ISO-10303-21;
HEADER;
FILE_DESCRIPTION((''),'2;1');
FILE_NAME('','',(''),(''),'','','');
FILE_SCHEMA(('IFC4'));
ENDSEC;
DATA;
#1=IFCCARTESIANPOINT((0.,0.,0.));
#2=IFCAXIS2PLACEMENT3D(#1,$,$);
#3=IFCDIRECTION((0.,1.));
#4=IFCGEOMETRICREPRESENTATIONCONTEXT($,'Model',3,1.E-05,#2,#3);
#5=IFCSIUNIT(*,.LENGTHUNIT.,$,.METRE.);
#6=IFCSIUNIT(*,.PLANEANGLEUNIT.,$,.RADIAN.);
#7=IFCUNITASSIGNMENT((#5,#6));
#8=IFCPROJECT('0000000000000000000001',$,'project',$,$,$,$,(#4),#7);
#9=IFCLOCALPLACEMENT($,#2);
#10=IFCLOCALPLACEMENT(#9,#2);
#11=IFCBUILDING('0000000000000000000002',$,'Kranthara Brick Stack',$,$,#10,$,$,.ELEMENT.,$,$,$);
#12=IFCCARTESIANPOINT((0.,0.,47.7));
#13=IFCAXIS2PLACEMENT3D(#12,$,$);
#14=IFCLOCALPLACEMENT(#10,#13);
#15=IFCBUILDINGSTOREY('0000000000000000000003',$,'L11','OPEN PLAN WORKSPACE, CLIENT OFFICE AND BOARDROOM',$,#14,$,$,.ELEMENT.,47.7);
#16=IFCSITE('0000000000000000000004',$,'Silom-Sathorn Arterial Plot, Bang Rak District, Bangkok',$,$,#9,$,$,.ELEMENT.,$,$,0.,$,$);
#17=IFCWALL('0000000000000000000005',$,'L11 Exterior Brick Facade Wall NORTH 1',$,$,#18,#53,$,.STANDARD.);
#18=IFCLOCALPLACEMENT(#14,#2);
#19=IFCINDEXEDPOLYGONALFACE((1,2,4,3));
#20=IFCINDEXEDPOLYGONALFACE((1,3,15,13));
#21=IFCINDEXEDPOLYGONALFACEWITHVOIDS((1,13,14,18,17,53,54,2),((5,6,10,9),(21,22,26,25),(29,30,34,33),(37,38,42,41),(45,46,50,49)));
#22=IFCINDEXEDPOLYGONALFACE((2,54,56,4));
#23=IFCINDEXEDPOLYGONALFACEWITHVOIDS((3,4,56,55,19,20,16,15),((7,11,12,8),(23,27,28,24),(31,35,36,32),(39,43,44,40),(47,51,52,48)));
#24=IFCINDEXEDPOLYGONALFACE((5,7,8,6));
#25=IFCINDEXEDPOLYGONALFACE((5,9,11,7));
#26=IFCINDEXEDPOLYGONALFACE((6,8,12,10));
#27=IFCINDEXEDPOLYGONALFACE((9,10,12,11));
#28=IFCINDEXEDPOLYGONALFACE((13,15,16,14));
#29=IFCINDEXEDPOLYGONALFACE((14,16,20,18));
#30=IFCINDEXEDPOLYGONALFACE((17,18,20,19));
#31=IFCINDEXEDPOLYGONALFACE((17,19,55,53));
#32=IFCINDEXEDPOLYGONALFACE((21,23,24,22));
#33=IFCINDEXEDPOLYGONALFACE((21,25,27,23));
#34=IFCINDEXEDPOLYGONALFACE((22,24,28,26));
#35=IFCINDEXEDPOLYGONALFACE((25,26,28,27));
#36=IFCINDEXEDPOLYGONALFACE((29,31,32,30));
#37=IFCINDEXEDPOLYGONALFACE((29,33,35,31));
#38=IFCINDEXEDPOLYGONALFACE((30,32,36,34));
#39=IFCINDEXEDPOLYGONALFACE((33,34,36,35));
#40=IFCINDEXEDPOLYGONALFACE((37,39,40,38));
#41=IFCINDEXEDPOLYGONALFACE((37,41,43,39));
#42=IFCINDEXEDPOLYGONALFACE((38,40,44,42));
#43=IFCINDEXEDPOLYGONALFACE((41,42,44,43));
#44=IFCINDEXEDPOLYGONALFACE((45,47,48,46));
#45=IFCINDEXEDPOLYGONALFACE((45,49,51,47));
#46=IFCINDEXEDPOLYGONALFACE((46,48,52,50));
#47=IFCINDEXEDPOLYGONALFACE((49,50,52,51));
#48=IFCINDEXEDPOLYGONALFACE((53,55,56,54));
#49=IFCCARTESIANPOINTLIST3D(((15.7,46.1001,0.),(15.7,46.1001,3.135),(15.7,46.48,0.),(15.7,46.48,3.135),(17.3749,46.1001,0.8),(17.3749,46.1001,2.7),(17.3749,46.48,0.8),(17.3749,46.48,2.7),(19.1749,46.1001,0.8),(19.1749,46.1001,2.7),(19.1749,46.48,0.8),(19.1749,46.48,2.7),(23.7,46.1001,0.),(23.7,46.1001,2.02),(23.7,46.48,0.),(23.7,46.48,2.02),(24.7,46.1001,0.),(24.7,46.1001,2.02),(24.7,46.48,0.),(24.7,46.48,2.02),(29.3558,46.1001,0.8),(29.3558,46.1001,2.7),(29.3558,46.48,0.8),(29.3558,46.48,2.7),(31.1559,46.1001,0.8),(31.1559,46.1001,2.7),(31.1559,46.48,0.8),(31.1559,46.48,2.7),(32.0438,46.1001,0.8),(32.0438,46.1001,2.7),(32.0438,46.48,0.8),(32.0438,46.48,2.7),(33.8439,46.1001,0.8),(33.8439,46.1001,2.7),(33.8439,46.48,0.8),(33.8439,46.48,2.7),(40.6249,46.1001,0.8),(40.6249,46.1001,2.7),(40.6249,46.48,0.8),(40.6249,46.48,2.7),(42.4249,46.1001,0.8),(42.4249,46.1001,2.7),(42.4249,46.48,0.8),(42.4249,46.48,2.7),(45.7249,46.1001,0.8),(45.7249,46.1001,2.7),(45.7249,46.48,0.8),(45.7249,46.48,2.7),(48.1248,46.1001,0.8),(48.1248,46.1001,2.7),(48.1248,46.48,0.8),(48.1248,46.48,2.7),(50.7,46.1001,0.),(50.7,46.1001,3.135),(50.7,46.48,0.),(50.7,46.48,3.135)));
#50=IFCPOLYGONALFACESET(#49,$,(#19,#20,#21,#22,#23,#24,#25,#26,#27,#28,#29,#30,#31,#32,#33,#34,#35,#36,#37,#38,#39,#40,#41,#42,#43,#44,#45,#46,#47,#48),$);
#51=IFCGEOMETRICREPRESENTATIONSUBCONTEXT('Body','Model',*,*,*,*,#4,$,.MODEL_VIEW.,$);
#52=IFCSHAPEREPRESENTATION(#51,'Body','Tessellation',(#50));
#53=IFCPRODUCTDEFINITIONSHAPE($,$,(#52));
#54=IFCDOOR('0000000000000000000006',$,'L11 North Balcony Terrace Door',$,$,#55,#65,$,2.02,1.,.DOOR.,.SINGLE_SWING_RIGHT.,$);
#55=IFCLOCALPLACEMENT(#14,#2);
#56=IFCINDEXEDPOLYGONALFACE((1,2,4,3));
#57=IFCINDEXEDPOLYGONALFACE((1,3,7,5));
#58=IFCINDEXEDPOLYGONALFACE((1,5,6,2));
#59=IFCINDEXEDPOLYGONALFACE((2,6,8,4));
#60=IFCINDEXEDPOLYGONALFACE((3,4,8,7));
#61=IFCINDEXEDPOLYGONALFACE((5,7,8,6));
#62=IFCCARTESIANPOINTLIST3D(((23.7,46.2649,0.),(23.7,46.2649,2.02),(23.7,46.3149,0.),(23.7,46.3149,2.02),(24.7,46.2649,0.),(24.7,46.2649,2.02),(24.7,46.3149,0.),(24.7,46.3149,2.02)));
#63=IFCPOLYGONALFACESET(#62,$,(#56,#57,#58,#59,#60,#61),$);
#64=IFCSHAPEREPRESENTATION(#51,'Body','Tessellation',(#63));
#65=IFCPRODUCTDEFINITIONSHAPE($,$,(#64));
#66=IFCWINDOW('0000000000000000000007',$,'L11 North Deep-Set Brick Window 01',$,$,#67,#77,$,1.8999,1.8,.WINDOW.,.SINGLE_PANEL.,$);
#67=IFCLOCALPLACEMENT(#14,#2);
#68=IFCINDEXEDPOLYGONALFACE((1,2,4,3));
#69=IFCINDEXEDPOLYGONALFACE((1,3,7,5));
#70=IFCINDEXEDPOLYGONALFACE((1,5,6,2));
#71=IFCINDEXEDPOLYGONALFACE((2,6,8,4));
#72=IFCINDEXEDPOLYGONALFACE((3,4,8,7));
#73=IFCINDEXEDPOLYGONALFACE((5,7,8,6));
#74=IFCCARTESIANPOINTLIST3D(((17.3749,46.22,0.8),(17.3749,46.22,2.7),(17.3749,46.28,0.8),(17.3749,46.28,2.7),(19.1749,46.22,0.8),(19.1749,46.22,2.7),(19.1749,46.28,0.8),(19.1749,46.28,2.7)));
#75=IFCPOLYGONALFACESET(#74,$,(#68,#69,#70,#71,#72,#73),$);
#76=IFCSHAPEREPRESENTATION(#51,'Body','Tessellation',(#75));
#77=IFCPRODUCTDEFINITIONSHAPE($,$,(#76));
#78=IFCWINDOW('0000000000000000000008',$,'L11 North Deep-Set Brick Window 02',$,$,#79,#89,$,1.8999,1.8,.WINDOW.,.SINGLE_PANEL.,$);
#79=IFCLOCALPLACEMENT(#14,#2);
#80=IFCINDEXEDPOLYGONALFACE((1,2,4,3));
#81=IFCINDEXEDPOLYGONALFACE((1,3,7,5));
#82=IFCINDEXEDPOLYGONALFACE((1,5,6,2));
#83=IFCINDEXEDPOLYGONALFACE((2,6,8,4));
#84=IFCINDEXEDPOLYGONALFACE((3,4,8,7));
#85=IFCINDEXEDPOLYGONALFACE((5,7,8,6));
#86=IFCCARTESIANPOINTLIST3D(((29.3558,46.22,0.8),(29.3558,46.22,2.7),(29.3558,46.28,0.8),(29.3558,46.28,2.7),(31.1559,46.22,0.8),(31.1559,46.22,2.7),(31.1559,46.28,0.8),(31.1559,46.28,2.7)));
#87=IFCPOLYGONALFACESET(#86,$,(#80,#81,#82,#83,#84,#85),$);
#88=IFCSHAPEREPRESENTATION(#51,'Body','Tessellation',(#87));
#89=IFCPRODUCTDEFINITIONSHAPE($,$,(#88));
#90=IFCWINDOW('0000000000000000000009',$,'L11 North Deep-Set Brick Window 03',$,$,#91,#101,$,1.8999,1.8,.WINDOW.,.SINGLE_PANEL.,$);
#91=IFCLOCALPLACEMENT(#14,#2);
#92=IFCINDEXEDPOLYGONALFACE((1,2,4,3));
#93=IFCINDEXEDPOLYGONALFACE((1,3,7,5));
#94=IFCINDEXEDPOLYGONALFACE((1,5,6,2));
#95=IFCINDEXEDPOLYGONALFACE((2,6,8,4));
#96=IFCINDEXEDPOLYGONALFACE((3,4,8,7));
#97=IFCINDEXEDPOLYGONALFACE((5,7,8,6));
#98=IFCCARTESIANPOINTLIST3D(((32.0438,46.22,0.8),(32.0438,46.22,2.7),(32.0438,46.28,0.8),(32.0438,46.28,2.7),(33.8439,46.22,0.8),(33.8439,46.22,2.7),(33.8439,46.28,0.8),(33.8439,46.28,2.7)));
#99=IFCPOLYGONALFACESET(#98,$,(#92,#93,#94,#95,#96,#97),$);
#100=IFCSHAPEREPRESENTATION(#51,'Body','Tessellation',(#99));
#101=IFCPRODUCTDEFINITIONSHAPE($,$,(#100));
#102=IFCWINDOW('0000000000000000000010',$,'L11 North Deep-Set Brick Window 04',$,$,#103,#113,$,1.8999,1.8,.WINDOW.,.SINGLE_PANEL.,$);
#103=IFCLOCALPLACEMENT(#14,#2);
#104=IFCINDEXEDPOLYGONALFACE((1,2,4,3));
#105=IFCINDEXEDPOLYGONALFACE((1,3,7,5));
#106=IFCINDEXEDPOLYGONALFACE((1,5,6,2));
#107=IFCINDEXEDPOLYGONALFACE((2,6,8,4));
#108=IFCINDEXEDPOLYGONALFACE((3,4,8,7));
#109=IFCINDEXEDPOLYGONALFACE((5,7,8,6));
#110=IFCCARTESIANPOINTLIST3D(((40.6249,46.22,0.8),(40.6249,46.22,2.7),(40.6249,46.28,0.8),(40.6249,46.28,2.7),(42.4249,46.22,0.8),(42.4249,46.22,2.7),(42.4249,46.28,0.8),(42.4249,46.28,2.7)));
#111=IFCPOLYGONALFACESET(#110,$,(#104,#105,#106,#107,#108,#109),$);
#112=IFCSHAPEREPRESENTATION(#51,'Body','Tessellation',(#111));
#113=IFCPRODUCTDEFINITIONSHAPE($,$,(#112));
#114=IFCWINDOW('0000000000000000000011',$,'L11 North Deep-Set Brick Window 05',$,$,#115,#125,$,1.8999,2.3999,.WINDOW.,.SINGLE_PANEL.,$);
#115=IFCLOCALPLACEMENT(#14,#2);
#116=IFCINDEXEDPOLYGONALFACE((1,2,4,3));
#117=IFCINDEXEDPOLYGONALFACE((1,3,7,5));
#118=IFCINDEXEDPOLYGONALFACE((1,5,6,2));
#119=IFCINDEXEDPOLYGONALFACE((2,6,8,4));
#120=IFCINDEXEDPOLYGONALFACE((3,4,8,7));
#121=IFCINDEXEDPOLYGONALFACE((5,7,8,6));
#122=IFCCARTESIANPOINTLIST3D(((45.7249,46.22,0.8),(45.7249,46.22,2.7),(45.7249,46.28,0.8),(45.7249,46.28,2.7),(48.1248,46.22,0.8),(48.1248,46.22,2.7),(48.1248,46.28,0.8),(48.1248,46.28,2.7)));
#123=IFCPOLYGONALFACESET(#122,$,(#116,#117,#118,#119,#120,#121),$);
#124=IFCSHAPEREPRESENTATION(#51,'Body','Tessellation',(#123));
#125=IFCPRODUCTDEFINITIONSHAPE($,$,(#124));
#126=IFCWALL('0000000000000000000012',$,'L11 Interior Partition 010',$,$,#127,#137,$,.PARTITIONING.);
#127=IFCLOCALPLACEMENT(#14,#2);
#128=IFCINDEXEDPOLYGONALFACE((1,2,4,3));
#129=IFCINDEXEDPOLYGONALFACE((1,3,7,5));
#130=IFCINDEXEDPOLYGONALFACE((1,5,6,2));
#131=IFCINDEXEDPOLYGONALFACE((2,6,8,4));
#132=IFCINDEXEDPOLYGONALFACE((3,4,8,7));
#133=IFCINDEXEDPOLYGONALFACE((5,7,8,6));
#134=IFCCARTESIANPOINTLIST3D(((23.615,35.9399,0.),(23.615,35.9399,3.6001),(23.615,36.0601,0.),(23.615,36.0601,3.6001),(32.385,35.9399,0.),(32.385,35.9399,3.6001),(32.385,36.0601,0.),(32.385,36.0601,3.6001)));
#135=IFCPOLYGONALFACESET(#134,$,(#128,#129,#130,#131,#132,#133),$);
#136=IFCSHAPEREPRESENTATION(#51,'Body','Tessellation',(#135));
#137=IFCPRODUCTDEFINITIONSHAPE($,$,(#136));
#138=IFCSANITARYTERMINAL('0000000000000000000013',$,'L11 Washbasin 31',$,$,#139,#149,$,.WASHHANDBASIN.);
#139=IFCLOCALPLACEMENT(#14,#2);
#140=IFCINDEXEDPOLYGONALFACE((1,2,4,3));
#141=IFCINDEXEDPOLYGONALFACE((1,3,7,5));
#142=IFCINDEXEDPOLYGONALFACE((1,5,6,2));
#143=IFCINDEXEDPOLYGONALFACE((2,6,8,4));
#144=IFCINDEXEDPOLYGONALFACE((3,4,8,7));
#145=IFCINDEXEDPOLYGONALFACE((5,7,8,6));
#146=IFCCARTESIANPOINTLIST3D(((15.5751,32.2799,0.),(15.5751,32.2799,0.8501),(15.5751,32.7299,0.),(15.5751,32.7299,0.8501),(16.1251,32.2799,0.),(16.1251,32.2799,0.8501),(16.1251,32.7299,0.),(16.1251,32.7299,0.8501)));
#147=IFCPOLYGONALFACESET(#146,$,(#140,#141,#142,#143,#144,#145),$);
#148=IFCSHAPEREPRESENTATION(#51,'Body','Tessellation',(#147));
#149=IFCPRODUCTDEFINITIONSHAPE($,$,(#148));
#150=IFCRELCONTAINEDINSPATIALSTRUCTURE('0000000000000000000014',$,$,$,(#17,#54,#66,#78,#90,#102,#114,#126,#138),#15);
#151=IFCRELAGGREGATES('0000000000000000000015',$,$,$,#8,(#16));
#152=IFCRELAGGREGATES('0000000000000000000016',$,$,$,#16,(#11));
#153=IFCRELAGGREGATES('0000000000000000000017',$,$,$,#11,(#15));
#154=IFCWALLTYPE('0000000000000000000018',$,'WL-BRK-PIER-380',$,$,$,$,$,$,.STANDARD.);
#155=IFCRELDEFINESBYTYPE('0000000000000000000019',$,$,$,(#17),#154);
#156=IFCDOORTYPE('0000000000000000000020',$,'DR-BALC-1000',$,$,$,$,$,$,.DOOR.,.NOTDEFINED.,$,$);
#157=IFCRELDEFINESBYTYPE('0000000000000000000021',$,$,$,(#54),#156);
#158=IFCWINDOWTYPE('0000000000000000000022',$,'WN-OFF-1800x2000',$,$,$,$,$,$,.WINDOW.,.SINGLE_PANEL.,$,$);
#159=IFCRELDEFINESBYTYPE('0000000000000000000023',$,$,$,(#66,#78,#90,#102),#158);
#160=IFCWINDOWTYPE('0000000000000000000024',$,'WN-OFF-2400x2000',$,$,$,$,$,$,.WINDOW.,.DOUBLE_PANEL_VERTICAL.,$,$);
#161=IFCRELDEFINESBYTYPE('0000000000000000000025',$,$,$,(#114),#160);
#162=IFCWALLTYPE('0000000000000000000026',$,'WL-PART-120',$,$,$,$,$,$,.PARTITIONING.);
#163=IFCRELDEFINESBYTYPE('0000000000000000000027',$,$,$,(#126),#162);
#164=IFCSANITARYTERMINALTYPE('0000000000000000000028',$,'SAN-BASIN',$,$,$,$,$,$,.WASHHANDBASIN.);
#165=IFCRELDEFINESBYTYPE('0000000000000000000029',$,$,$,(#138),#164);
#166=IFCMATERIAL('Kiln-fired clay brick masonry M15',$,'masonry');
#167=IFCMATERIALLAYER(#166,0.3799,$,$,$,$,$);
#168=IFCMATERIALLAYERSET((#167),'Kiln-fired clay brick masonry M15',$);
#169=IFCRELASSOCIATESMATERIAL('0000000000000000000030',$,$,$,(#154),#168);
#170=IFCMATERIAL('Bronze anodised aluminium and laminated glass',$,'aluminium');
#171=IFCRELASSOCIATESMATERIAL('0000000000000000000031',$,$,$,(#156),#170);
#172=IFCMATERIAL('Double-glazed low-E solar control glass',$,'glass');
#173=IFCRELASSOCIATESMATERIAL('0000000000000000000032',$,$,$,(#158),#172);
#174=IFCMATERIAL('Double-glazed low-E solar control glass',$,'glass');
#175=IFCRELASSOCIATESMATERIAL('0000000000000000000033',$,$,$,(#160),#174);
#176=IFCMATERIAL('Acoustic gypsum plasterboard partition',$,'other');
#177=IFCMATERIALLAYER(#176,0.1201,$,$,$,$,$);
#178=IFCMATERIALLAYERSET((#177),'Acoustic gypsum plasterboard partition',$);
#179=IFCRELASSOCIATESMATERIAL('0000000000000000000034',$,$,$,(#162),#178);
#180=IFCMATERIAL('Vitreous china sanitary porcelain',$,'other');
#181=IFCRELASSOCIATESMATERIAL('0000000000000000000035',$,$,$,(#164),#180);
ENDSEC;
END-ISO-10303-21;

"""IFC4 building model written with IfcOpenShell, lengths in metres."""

from ifc_helpers import new_model, si_unit, direction, frame, frame_2d, origin, origin_2d, place, context, subcontext, project, spatial, rectangle, extrude, material, layer, layer_set, type_object, element, fill, save


model = new_model("IFC4")

# Units and contexts
model_context = context("Model", 3, precision=1e-05, world=origin(), true_north=direction((0.0, 1.0)))
body_context = subcontext(model_context, "Body", "Model", "MODEL_VIEW")
ifc_project = project(units=[si_unit("LENGTHUNIT", "METRE"), si_unit("PLANEANGLEUNIT", "RADIAN")], contexts=[model_context])

# Site, building, storey
site_placement = place(None, origin())
site = spatial("IfcSite", under=ifc_project, at=site_placement, Name="Silom-Sathorn Arterial Plot, Bang Rak District, Bangkok", CompositionType="ELEMENT", RefElevation=0.0)
building_placement = place(site_placement, origin())
building = spatial("IfcBuilding", under=site, at=building_placement, Name="Kranthara Brick Stack", CompositionType="ELEMENT")
storey_placement = place(building_placement, frame((0.0, 0.0, 47.7)))
storey = spatial("IfcBuildingStorey", under=building, at=storey_placement, Name="L11", Description="OPEN PLAN WORKSPACE, CLIENT OFFICE AND BOARDROOM", CompositionType="ELEMENT", Elevation=47.7)

# Wall, openings, door, windows
ifc_material_1 = material(Name="Kiln-fired clay brick masonry M15", Category="masonry")
ifc_layer_1 = layer(ifc_material_1, 0.3799)
ifc_layer_set_1 = layer_set([ifc_layer_1], Name="Kiln-fired clay brick masonry M15")
wall_type_1 = type_object("IfcWallType", Name="WL-BRK-PIER-380", PredefinedType="STANDARD", material=ifc_layer_set_1)
wall_1_placement = place(storey_placement, frame((15.7, 46.29, 0.0), z_axis=(0.0, 0.0, 1.0), x_axis=(1.0, 0.0, 0.0)))
wall_1 = element("IfcWall", 1, at=wall_1_placement, inside=storey, type_object=wall_type_1, Name="L11 Exterior Brick Facade Wall NORTH 1", PredefinedType="STANDARD", context=body_context, shape_type="SweptSolid", body=[
    extrude(rectangle(XDim=35.0, YDim=0.3799, at=frame_2d((17.5, 0.0))), origin(), (0.0, 0.0, 1.0), 3.135),
])
opening_1_placement = place(wall_1_placement, frame((8.0, 0.0, 0.0)))
opening_1 = element("IfcOpeningElement", 2, at=opening_1_placement, cuts=wall_1, PredefinedType="OPENING", context=body_context, shape_type="SweptSolid", body=[
    extrude(rectangle(XDim=1.0, YDim=2.02, at=frame_2d((0.5, 1.01))), frame((0.0, 0.2, 0.0), z_axis=(0.0, -1.0, 0.0), x_axis=(1.0, 0.0, 0.0)), (0.0, 0.0, 1.0), 0.3999),
])
opening_2_placement = place(wall_1_placement, frame((1.675, 0.0, 0.8)))
opening_2 = element("IfcOpeningElement", 3, at=opening_2_placement, cuts=wall_1, PredefinedType="OPENING", context=body_context, shape_type="SweptSolid", body=[
    extrude(rectangle(XDim=1.8, YDim=1.8999, at=frame_2d((0.8999, 0.95))), frame((0.0, 0.2, 0.0), z_axis=(0.0, -1.0, 0.0), x_axis=(1.0, 0.0, 0.0)), (0.0, 0.0, 1.0), 0.3999),
])
opening_3_placement = place(wall_1_placement, frame((13.656, 0.0, 0.8)))
opening_3 = element("IfcOpeningElement", 4, at=opening_3_placement, cuts=wall_1, PredefinedType="OPENING", context=body_context, shape_type="SweptSolid", body=[
    extrude(rectangle(XDim=1.8, YDim=1.8999, at=frame_2d((0.8999, 0.95))), frame((0.0, 0.2, 0.0), z_axis=(0.0, -1.0, 0.0), x_axis=(1.0, 0.0, 0.0)), (0.0, 0.0, 1.0), 0.3999),
])
opening_4_placement = place(wall_1_placement, frame((16.344, 0.0, 0.8)))
opening_4 = element("IfcOpeningElement", 5, at=opening_4_placement, cuts=wall_1, PredefinedType="OPENING", context=body_context, shape_type="SweptSolid", body=[
    extrude(rectangle(XDim=1.8, YDim=1.8999, at=frame_2d((0.8999, 0.95))), frame((0.0, 0.2, 0.0), z_axis=(0.0, -1.0, 0.0), x_axis=(1.0, 0.0, 0.0)), (0.0, 0.0, 1.0), 0.3999),
])
opening_5_placement = place(wall_1_placement, frame((24.925, 0.0, 0.8)))
opening_5 = element("IfcOpeningElement", 6, at=opening_5_placement, cuts=wall_1, PredefinedType="OPENING", context=body_context, shape_type="SweptSolid", body=[
    extrude(rectangle(XDim=1.8, YDim=1.8999, at=frame_2d((0.8999, 0.95))), frame((0.0, 0.2, 0.0), z_axis=(0.0, -1.0, 0.0), x_axis=(1.0, 0.0, 0.0)), (0.0, 0.0, 1.0), 0.3999),
])
opening_6_placement = place(wall_1_placement, frame((30.0249, 0.0, 0.8)))
opening_6 = element("IfcOpeningElement", 7, at=opening_6_placement, cuts=wall_1, PredefinedType="OPENING", context=body_context, shape_type="SweptSolid", body=[
    extrude(rectangle(XDim=2.3999, YDim=1.8999, at=frame_2d((1.2, 0.95))), frame((0.0, 0.2, 0.0), z_axis=(0.0, -1.0, 0.0), x_axis=(1.0, 0.0, 0.0)), (0.0, 0.0, 1.0), 0.3999),
])
ifc_material_2 = material(Name="Bronze anodised aluminium and laminated glass", Category="aluminium")
door_type = type_object("IfcDoorType", Name="DR-BALC-1000", OperationType="NOTDEFINED", PredefinedType="DOOR", material=ifc_material_2)
door_placement = place(opening_1_placement, origin())
door = element("IfcDoor", 8, at=door_placement, inside=storey, type_object=door_type, Name="L11 North Balcony Terrace Door", OperationType="SINGLE_SWING_RIGHT", OverallHeight=2.02, OverallWidth=1.0, PredefinedType="DOOR", context=body_context, shape_type="SweptSolid", body=[
    extrude(rectangle(XDim=1.0, YDim=2.02, at=frame_2d((0.5, 1.01))), frame((0.0, 0.0249, 0.0), z_axis=(0.0, -1.0, 0.0), x_axis=(1.0, 0.0, 0.0)), (0.0, 0.0, 1.0), 0.05),
])
fill(opening_1, door)
ifc_material_3 = material(Name="Double-glazed low-E solar control glass", Category="glass")
window_type_1 = type_object("IfcWindowType", Name="WN-OFF-1800x2000", PartitioningType="SINGLE_PANEL", PredefinedType="WINDOW", material=ifc_material_3)
window_1_placement = place(opening_2_placement, origin())
window_1 = element("IfcWindow", 9, at=window_1_placement, inside=storey, type_object=window_type_1, Name="L11 North Deep-Set Brick Window 01", OverallHeight=1.8999, OverallWidth=1.8, PartitioningType="SINGLE_PANEL", PredefinedType="WINDOW", context=body_context, shape_type="SweptSolid", body=[
    extrude(rectangle(XDim=1.8, YDim=1.8999, at=frame_2d((0.8999, 0.95))), frame((0.0, -0.01, 0.0), z_axis=(0.0, -1.0, 0.0), x_axis=(1.0, 0.0, 0.0)), (0.0, 0.0, 1.0), 0.0601),
])
fill(opening_2, window_1)
window_2_placement = place(opening_3_placement, origin())
window_2 = element("IfcWindow", 10, at=window_2_placement, inside=storey, type_object=window_type_1, Name="L11 North Deep-Set Brick Window 02", OverallHeight=1.8999, OverallWidth=1.8, PartitioningType="SINGLE_PANEL", PredefinedType="WINDOW", context=body_context, shape_type="SweptSolid", body=[
    extrude(rectangle(XDim=1.8, YDim=1.8999, at=frame_2d((0.8999, 0.95))), frame((0.0, -0.01, 0.0), z_axis=(0.0, -1.0, 0.0), x_axis=(1.0, 0.0, 0.0)), (0.0, 0.0, 1.0), 0.0601),
])
fill(opening_3, window_2)
window_3_placement = place(opening_4_placement, origin())
window_3 = element("IfcWindow", 11, at=window_3_placement, inside=storey, type_object=window_type_1, Name="L11 North Deep-Set Brick Window 03", OverallHeight=1.8999, OverallWidth=1.8, PartitioningType="SINGLE_PANEL", PredefinedType="WINDOW", context=body_context, shape_type="SweptSolid", body=[
    extrude(rectangle(XDim=1.8, YDim=1.8999, at=frame_2d((0.8999, 0.95))), frame((0.0, -0.01, 0.0), z_axis=(0.0, -1.0, 0.0), x_axis=(1.0, 0.0, 0.0)), (0.0, 0.0, 1.0), 0.0601),
])
fill(opening_4, window_3)
window_4_placement = place(opening_5_placement, origin())
window_4 = element("IfcWindow", 12, at=window_4_placement, inside=storey, type_object=window_type_1, Name="L11 North Deep-Set Brick Window 04", OverallHeight=1.8999, OverallWidth=1.8, PartitioningType="SINGLE_PANEL", PredefinedType="WINDOW", context=body_context, shape_type="SweptSolid", body=[
    extrude(rectangle(XDim=1.8, YDim=1.8999, at=frame_2d((0.8999, 0.95))), frame((0.0, -0.01, 0.0), z_axis=(0.0, -1.0, 0.0), x_axis=(1.0, 0.0, 0.0)), (0.0, 0.0, 1.0), 0.0601),
])
fill(opening_5, window_4)
ifc_material_4 = material(Name="Double-glazed low-E solar control glass", Category="glass")
window_type_2 = type_object("IfcWindowType", Name="WN-OFF-2400x2000", PartitioningType="DOUBLE_PANEL_VERTICAL", PredefinedType="WINDOW", material=ifc_material_4)
window_5_placement = place(opening_6_placement, origin())
window_5 = element("IfcWindow", 13, at=window_5_placement, inside=storey, type_object=window_type_2, Name="L11 North Deep-Set Brick Window 05", OverallHeight=1.8999, OverallWidth=2.3999, PartitioningType="SINGLE_PANEL", PredefinedType="WINDOW", context=body_context, shape_type="SweptSolid", body=[
    extrude(rectangle(XDim=2.3999, YDim=1.8999, at=frame_2d((1.2, 0.95))), frame((0.0, -0.01, 0.0), z_axis=(0.0, -1.0, 0.0), x_axis=(1.0, 0.0, 0.0)), (0.0, 0.0, 1.0), 0.0601),
])
fill(opening_6, window_5)

# Wall
ifc_material_5 = material(Name="Acoustic gypsum plasterboard partition", Category="other")
ifc_layer_2 = layer(ifc_material_5, 0.1201)
ifc_layer_set_2 = layer_set([ifc_layer_2], Name="Acoustic gypsum plasterboard partition")
wall_type_2 = type_object("IfcWallType", Name="WL-PART-120", PredefinedType="PARTITIONING", material=ifc_layer_set_2)
wall_2_placement = place(storey_placement, frame((23.615, 36.0, 0.0), z_axis=(0.0, 0.0, 1.0), x_axis=(1.0, 0.0, 0.0)))
element("IfcWall", 14, at=wall_2_placement, inside=storey, type_object=wall_type_2, Name="L11 Interior Partition 010", PredefinedType="PARTITIONING", context=body_context, shape_type="SweptSolid", body=[
    extrude(rectangle(XDim=8.77, YDim=0.1201, at=frame_2d((4.385, 0.0))), origin(), (0.0, 0.0, 1.0), 3.6001),
])

# Sanitary terminal
ifc_material_6 = material(Name="Vitreous china sanitary porcelain", Category="other")
sanitary_terminal_type = type_object("IfcSanitaryTerminalType", Name="SAN-BASIN", PredefinedType="WASHHANDBASIN", material=ifc_material_6)
sanitary_terminal_placement = place(storey_placement, frame((15.8501, 32.5049, 0.0), z_axis=(0.0, 0.0, 1.0), x_axis=(1.0, 0.0, 0.0)))
element("IfcSanitaryTerminal", 15, at=sanitary_terminal_placement, inside=storey, type_object=sanitary_terminal_type, Name="L11 Washbasin 31", PredefinedType="WASHHANDBASIN", context=body_context, shape_type="SweptSolid", body=[
    extrude(rectangle(XDim=0.55, YDim=0.45, at=origin_2d()), origin(), (0.0, 0.0, 1.0), 0.8501),
])

save(model, "model.ifc")
